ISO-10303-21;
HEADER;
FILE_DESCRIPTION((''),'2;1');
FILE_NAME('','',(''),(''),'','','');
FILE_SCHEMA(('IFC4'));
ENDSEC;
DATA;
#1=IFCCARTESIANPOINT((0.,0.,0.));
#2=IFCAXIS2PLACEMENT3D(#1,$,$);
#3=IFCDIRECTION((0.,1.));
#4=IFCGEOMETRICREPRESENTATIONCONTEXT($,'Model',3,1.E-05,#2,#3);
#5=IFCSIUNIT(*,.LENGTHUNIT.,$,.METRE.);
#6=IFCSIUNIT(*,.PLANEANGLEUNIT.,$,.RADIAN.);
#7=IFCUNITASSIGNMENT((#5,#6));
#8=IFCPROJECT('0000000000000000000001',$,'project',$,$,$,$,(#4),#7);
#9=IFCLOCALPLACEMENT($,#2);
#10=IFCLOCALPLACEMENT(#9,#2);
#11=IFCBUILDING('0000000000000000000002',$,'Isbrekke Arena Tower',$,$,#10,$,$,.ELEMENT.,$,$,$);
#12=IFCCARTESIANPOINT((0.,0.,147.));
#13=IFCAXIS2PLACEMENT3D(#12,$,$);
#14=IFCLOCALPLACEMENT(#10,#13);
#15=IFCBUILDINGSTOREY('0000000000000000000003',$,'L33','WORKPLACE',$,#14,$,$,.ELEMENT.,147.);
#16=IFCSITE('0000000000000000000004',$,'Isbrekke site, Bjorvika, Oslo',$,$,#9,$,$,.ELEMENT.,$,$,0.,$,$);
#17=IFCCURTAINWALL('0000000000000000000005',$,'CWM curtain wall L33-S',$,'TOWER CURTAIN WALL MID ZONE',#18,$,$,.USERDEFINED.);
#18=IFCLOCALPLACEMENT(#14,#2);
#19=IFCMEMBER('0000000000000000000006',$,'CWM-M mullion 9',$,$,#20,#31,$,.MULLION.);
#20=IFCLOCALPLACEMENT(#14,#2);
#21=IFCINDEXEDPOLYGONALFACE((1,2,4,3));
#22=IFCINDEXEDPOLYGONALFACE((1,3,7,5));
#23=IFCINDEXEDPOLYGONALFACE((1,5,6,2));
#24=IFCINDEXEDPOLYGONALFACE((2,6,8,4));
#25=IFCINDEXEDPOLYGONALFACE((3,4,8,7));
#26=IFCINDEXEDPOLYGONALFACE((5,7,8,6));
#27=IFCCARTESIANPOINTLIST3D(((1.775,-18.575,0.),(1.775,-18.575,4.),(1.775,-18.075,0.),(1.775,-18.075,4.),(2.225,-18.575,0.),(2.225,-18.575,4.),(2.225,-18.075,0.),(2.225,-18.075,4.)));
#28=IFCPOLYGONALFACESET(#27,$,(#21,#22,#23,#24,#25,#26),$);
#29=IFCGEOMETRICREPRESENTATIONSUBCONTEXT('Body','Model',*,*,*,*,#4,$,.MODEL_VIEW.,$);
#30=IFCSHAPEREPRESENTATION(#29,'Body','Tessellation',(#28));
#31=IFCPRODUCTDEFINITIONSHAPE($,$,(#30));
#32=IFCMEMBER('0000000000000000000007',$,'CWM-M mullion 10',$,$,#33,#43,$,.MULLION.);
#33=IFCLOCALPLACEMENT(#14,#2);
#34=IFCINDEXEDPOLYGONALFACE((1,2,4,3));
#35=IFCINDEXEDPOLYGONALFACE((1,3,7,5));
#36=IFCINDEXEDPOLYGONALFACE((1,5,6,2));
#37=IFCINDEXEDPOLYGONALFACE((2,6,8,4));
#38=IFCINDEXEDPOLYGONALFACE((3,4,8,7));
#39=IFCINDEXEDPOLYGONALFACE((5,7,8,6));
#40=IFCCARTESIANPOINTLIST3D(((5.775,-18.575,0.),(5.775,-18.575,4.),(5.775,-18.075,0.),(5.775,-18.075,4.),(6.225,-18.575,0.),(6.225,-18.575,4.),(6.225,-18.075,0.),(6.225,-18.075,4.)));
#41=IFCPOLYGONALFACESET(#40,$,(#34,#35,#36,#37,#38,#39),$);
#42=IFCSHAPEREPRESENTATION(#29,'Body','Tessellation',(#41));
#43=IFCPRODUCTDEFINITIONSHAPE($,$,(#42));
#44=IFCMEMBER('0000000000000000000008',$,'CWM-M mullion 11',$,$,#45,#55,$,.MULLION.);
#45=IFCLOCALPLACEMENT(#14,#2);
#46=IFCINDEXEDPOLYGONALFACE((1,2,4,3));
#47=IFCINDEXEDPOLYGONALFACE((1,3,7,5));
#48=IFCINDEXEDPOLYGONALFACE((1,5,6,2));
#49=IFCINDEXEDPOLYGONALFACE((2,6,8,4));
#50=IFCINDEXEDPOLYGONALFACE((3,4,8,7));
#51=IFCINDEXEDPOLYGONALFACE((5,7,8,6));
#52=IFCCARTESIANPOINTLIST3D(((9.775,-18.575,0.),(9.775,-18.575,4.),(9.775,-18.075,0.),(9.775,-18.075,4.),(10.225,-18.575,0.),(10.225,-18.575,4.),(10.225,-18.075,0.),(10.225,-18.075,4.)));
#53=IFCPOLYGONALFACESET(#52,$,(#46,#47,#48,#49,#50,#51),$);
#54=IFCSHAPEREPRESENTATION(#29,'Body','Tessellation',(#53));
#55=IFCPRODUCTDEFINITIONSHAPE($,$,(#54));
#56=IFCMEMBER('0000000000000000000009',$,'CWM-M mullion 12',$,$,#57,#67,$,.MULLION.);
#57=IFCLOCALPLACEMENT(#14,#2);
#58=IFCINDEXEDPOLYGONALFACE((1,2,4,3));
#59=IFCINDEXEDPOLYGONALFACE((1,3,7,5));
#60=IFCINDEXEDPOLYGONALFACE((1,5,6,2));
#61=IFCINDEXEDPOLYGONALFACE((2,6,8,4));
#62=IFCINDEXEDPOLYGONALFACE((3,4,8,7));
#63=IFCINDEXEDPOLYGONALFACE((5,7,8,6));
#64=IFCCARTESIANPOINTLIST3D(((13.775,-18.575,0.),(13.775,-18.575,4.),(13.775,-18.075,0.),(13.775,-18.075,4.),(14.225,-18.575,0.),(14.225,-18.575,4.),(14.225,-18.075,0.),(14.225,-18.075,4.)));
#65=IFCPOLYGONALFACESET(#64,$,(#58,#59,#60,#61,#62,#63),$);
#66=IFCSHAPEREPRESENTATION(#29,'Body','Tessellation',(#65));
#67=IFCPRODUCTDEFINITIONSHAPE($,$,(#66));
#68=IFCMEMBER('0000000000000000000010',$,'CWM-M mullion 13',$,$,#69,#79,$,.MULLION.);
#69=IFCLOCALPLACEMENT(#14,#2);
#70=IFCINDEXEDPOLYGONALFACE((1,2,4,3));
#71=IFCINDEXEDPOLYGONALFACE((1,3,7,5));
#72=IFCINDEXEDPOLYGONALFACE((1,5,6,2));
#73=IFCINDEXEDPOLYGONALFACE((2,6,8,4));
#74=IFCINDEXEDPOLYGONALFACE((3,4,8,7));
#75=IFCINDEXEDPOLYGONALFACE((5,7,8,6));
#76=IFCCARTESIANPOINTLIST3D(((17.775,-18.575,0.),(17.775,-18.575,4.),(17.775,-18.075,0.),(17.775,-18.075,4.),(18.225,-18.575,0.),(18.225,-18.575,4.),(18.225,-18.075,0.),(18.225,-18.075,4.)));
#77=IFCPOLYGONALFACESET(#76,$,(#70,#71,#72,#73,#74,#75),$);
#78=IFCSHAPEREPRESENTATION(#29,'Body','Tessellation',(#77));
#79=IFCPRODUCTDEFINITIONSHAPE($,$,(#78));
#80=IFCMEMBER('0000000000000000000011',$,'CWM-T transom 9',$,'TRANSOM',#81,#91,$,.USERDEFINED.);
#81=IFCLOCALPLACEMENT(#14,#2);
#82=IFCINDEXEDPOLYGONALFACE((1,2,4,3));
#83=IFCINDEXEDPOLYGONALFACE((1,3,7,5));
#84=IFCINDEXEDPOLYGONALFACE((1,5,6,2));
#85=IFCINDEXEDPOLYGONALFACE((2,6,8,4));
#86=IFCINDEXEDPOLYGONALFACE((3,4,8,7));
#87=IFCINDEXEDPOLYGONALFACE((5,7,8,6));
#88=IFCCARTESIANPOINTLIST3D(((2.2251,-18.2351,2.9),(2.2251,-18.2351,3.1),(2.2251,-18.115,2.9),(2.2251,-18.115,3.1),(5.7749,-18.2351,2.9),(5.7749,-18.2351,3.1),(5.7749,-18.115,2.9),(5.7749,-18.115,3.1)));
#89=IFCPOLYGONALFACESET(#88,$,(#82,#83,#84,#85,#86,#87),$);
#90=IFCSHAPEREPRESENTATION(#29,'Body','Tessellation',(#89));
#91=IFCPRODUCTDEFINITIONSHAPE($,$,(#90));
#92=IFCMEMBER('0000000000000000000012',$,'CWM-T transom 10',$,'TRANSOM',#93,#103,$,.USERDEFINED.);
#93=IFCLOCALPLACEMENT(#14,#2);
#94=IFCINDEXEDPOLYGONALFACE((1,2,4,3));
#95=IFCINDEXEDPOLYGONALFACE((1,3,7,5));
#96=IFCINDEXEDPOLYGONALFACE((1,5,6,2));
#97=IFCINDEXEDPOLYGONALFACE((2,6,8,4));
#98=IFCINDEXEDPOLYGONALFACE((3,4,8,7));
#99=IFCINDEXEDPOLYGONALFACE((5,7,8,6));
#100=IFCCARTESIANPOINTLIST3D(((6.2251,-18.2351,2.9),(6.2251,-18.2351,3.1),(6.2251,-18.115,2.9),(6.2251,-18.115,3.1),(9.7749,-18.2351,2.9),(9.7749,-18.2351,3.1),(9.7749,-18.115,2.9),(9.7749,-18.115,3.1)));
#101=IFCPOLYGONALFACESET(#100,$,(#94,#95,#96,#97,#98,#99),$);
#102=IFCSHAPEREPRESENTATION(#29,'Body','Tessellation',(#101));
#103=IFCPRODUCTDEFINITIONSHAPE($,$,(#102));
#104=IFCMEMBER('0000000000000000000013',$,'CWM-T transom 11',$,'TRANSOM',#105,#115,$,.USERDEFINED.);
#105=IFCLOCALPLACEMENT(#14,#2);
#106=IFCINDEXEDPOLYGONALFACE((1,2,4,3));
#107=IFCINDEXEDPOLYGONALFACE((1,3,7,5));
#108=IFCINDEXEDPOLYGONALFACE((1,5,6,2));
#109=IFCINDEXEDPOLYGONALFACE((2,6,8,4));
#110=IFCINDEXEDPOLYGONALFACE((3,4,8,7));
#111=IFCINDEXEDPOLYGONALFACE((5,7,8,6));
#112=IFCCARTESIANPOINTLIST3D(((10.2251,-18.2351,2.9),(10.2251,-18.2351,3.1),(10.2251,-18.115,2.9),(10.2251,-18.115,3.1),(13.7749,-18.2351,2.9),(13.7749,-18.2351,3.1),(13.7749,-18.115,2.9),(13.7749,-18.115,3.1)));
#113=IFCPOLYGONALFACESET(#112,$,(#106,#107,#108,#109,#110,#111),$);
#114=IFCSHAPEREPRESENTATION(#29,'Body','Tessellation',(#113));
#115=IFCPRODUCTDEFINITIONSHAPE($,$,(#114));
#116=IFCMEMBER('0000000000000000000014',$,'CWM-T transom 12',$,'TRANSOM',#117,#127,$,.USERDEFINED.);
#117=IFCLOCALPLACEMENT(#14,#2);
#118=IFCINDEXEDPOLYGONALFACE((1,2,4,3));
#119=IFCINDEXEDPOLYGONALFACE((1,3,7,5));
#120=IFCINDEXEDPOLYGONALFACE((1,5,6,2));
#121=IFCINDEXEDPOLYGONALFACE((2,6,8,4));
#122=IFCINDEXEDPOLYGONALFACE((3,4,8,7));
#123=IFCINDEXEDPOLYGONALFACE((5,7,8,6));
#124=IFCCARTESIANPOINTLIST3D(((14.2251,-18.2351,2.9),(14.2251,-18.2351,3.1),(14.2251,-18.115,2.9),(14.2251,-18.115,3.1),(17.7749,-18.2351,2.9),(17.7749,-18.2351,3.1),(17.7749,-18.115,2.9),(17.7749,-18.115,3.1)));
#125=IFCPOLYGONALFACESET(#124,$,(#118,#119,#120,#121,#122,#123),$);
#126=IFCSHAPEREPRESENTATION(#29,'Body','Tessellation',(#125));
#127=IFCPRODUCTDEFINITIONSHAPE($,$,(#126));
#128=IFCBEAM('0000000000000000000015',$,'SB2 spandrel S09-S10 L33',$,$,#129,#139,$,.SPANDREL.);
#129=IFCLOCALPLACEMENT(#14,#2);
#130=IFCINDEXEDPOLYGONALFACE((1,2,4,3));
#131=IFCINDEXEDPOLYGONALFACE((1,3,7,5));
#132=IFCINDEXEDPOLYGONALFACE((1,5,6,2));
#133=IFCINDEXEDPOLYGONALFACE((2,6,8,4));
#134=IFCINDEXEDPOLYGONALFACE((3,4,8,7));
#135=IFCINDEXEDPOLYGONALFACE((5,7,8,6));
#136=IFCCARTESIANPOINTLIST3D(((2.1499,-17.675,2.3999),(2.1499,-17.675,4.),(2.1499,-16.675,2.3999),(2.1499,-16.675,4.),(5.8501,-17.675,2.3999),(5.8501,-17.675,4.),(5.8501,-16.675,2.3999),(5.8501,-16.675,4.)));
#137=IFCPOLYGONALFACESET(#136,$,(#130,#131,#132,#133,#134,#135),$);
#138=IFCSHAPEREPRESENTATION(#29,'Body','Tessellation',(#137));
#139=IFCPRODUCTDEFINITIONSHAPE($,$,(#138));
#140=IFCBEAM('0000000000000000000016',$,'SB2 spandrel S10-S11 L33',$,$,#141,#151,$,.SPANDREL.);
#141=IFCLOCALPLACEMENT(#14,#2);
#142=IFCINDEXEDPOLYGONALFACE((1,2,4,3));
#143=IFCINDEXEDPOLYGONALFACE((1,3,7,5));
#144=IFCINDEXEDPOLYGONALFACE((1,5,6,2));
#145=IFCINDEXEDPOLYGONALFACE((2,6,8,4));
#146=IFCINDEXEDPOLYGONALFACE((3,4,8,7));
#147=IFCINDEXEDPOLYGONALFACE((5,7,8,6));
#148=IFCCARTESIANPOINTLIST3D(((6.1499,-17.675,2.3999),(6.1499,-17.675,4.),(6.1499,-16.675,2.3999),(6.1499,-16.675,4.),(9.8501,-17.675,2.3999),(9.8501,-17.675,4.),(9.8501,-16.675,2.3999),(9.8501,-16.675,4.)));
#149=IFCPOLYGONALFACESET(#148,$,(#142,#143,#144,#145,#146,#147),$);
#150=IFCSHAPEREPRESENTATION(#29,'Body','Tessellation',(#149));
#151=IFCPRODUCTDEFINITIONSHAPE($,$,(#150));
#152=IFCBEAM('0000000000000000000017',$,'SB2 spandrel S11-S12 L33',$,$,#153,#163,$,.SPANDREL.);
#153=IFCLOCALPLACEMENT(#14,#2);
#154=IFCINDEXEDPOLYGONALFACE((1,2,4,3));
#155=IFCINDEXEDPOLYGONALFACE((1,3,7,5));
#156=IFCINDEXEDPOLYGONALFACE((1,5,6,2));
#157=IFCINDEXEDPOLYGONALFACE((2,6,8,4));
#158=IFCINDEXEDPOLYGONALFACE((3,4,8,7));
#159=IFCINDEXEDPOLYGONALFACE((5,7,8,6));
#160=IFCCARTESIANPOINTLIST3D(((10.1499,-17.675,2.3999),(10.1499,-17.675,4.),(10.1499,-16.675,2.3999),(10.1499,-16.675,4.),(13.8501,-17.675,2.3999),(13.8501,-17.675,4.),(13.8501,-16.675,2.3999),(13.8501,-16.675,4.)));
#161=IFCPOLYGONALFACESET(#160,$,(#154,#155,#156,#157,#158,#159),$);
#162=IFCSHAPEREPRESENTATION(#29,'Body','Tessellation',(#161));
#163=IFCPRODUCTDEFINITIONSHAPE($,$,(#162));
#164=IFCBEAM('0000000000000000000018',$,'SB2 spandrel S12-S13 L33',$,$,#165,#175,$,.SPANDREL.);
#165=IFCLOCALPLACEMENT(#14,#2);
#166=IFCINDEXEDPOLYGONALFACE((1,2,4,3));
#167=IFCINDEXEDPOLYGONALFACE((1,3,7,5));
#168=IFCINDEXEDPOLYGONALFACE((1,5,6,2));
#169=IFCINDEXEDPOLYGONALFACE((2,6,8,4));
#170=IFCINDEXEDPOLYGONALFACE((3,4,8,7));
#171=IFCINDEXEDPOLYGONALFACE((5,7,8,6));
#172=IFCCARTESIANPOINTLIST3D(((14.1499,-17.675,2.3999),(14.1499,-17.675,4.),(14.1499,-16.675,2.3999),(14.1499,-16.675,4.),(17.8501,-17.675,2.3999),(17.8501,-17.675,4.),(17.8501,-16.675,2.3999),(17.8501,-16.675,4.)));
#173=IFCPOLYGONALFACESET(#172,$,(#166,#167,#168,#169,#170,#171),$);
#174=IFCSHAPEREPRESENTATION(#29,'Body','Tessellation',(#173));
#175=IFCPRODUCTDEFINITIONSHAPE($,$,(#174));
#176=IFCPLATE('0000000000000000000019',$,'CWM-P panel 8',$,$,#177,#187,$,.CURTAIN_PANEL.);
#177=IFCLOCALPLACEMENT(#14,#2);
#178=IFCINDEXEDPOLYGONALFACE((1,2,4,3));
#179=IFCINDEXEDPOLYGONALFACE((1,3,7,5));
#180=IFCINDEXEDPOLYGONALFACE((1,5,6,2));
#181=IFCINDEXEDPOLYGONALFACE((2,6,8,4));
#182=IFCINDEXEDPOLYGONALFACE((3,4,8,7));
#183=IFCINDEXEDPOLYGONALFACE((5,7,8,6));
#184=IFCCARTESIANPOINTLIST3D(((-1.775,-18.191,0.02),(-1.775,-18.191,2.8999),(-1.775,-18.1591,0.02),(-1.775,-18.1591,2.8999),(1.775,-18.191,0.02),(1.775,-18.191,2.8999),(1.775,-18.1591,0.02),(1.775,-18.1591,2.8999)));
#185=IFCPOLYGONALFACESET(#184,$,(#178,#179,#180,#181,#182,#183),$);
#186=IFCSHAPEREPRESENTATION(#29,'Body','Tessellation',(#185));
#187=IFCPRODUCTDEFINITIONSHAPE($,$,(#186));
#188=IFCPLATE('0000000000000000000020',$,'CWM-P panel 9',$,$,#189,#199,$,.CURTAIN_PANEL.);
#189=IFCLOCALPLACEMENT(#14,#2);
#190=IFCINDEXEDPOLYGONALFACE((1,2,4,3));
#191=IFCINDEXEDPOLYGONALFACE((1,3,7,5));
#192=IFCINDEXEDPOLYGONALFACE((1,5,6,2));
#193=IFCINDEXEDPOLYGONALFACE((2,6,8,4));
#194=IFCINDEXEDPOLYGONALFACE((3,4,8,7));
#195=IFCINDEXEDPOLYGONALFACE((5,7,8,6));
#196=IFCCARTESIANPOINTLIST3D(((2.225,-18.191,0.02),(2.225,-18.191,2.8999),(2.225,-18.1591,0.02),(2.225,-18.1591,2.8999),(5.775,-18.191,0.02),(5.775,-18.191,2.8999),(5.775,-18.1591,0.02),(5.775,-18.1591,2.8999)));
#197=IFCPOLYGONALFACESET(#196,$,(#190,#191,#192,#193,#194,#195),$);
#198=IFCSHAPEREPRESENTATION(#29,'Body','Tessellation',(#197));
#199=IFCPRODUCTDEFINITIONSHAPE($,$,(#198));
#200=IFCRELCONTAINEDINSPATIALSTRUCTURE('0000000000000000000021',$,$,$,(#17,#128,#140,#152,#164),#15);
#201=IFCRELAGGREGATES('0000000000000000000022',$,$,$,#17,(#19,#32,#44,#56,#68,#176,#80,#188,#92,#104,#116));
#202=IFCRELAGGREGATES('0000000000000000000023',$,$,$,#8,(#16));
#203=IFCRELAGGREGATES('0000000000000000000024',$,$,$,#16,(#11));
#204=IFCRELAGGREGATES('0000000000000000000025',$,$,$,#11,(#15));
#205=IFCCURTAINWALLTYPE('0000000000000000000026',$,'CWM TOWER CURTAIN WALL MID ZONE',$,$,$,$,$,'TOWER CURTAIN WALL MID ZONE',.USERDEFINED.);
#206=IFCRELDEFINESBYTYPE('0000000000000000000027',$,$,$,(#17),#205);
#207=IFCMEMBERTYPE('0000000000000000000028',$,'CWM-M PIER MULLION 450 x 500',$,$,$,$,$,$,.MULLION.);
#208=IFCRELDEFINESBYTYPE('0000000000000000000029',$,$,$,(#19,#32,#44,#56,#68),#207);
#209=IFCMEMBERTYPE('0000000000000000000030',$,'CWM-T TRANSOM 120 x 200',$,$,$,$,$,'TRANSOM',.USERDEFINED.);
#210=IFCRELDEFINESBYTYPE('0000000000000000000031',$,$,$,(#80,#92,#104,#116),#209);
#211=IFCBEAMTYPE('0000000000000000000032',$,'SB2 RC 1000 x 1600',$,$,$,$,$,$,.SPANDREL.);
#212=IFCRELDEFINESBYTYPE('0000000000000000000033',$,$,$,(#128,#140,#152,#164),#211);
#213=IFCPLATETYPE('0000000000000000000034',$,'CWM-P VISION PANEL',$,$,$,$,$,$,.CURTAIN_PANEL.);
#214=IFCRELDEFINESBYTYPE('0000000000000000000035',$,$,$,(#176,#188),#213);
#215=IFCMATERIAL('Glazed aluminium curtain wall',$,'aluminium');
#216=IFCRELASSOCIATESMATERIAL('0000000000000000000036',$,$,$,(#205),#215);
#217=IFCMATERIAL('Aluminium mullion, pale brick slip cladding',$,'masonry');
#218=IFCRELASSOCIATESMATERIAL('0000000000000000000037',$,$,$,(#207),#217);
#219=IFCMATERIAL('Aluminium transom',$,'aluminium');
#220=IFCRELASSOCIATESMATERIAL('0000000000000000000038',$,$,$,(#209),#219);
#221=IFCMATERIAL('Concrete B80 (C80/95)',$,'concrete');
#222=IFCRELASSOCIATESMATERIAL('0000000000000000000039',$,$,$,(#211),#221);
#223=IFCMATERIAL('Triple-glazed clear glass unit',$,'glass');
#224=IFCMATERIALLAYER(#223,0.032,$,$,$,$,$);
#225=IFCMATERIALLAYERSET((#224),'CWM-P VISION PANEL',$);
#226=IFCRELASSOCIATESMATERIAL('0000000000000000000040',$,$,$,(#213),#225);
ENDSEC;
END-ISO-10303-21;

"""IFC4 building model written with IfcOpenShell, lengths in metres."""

from ifc_helpers import new_model, si_unit, direction, frame, origin, origin_2d, place, context, subcontext, project, spatial, rectangle, extrude, material, layer, layer_set, material_profile, profile_set, type_object, element, aggregate, save


model = new_model("IFC4")

# Units and contexts
model_context = context("Model", 3, precision=1e-05, world=origin(), true_north=direction((0.0, 1.0)))
body_context = subcontext(model_context, "Body", "Model", "MODEL_VIEW")
ifc_project = project(units=[si_unit("LENGTHUNIT", "METRE"), si_unit("PLANEANGLEUNIT", "RADIAN")], contexts=[model_context])

# Site, building, storey
site_placement = place(None, origin())
site = spatial("IfcSite", under=ifc_project, at=site_placement, Name="Isbrekke site, Bjorvika, Oslo", CompositionType="ELEMENT", RefElevation=0.0)
building_placement = place(site_placement, origin())
building = spatial("IfcBuilding", under=site, at=building_placement, Name="Isbrekke Arena Tower", CompositionType="ELEMENT")
storey_placement = place(building_placement, frame((0.0, 0.0, 147.0)))
storey = spatial("IfcBuildingStorey", under=building, at=storey_placement, Name="L33", Description="WORKPLACE", CompositionType="ELEMENT", Elevation=147.0)

# Curtain wall, members
ifc_material_1 = material(Name="Glazed aluminium curtain wall", Category="aluminium")
curtain_wall_type = type_object("IfcCurtainWallType", Name="CWM TOWER CURTAIN WALL MID ZONE", ElementType="TOWER CURTAIN WALL MID ZONE", PredefinedType="USERDEFINED", material=ifc_material_1)
curtain_wall_placement = place(storey_placement, origin())
curtain_wall = element("IfcCurtainWall", 1, at=curtain_wall_placement, inside=storey, type_object=curtain_wall_type, Name="CWM curtain wall L33-S", ObjectType="TOWER CURTAIN WALL MID ZONE", PredefinedType="USERDEFINED")
ifc_material_2 = material(Name="Aluminium mullion, pale brick slip cladding", Category="masonry")
ifc_material_profile_1 = material_profile(ifc_material_2, rectangle(XDim=0.45, YDim=0.5, at=origin_2d()), Name="PIER 450X500")
ifc_profile_set_1 = profile_set([ifc_material_profile_1], Name="Aluminium mullion, pale brick slip cladding")
member_type_1 = type_object("IfcMemberType", Name="CWM-M PIER MULLION 450 x 500", PredefinedType="MULLION", material=ifc_profile_set_1)
member_1_placement = place(storey_placement, frame((2.0, -18.325, 0.0), z_axis=(0.0, 0.0, 1.0), x_axis=(1.0, 0.0, 0.0)))
member_1 = element("IfcMember", 2, at=member_1_placement, type_object=member_type_1, Name="CWM-M mullion 9", PredefinedType="MULLION", context=body_context, shape_type="SweptSolid", body=[
    extrude(rectangle(XDim=0.45, YDim=0.5, at=origin_2d()), origin(), (0.0, 0.0, 1.0), 4.0),
])
member_2_placement = place(storey_placement, frame((6.0, -18.325, 0.0), z_axis=(0.0, 0.0, 1.0), x_axis=(1.0, 0.0, 0.0)))
member_2 = element("IfcMember", 3, at=member_2_placement, type_object=member_type_1, Name="CWM-M mullion 10", PredefinedType="MULLION", context=body_context, shape_type="SweptSolid", body=[
    extrude(rectangle(XDim=0.45, YDim=0.5, at=origin_2d()), origin(), (0.0, 0.0, 1.0), 4.0),
])
member_3_placement = place(storey_placement, frame((10.0, -18.325, 0.0), z_axis=(0.0, 0.0, 1.0), x_axis=(1.0, 0.0, 0.0)))
member_3 = element("IfcMember", 4, at=member_3_placement, type_object=member_type_1, Name="CWM-M mullion 11", PredefinedType="MULLION", context=body_context, shape_type="SweptSolid", body=[
    extrude(rectangle(XDim=0.45, YDim=0.5, at=origin_2d()), origin(), (0.0, 0.0, 1.0), 4.0),
])
member_4_placement = place(storey_placement, frame((14.0, -18.325, 0.0), z_axis=(0.0, 0.0, 1.0), x_axis=(1.0, 0.0, 0.0)))
member_4 = element("IfcMember", 5, at=member_4_placement, type_object=member_type_1, Name="CWM-M mullion 12", PredefinedType="MULLION", context=body_context, shape_type="SweptSolid", body=[
    extrude(rectangle(XDim=0.45, YDim=0.5, at=origin_2d()), origin(), (0.0, 0.0, 1.0), 4.0),
])
member_5_placement = place(storey_placement, frame((18.0, -18.325, 0.0), z_axis=(0.0, 0.0, 1.0), x_axis=(1.0, 0.0, 0.0)))
member_5 = element("IfcMember", 6, at=member_5_placement, type_object=member_type_1, Name="CWM-M mullion 13", PredefinedType="MULLION", context=body_context, shape_type="SweptSolid", body=[
    extrude(rectangle(XDim=0.45, YDim=0.5, at=origin_2d()), origin(), (0.0, 0.0, 1.0), 4.0),
])
ifc_material_3 = material(Name="Aluminium transom", Category="aluminium")
ifc_material_profile_2 = material_profile(ifc_material_3, rectangle(XDim=0.1201, YDim=0.2, at=origin_2d()), Name="TRANSOM 120X200")
ifc_profile_set_2 = profile_set([ifc_material_profile_2], Name="Aluminium transom")
member_type_2 = type_object("IfcMemberType", Name="CWM-T TRANSOM 120 x 200", ElementType="TRANSOM", PredefinedType="USERDEFINED", material=ifc_profile_set_2)
member_6_placement = place(storey_placement, frame((2.2251, -18.175, 3.0), z_axis=(1.0, 0.0, 0.0), x_axis=(0.0, 1.0, 0.0)))
member_6 = element("IfcMember", 7, at=member_6_placement, type_object=member_type_2, Name="CWM-T transom 9", ObjectType="TRANSOM", PredefinedType="USERDEFINED", context=body_context, shape_type="SweptSolid", body=[
    extrude(rectangle(XDim=0.1201, YDim=0.2, at=origin_2d()), origin(), (0.0, 0.0, 1.0), 3.5498),
])
member_7_placement = place(storey_placement, frame((6.2251, -18.175, 3.0), z_axis=(1.0, 0.0, 0.0), x_axis=(0.0, 1.0, 0.0)))
member_7 = element("IfcMember", 8, at=member_7_placement, type_object=member_type_2, Name="CWM-T transom 10", ObjectType="TRANSOM", PredefinedType="USERDEFINED", context=body_context, shape_type="SweptSolid", body=[
    extrude(rectangle(XDim=0.1201, YDim=0.2, at=origin_2d()), origin(), (0.0, 0.0, 1.0), 3.5498),
])
member_8_placement = place(storey_placement, frame((10.2251, -18.175, 3.0), z_axis=(1.0, 0.0, 0.0), x_axis=(0.0, 1.0, 0.0)))
member_8 = element("IfcMember", 9, at=member_8_placement, type_object=member_type_2, Name="CWM-T transom 11", ObjectType="TRANSOM", PredefinedType="USERDEFINED", context=body_context, shape_type="SweptSolid", body=[
    extrude(rectangle(XDim=0.1201, YDim=0.2, at=origin_2d()), origin(), (0.0, 0.0, 1.0), 3.5498),
])
member_9_placement = place(storey_placement, frame((14.2251, -18.175, 3.0), z_axis=(1.0, 0.0, 0.0), x_axis=(0.0, 1.0, 0.0)))
member_9 = element("IfcMember", 10, at=member_9_placement, type_object=member_type_2, Name="CWM-T transom 12", ObjectType="TRANSOM", PredefinedType="USERDEFINED", context=body_context, shape_type="SweptSolid", body=[
    extrude(rectangle(XDim=0.1201, YDim=0.2, at=origin_2d()), origin(), (0.0, 0.0, 1.0), 3.5498),
])

# Beams
ifc_material_4 = material(Name="Concrete B80 (C80/95)", Category="concrete")
ifc_material_profile_3 = material_profile(ifc_material_4, rectangle(XDim=1.0, YDim=1.6001, at=origin_2d()), Name="RC 1000x1600")
ifc_profile_set_3 = profile_set([ifc_material_profile_3], Name="Concrete B80 (C80/95)")
beam_type_1 = type_object("IfcBeamType", Name="SB2 RC 1000 x 1600", PredefinedType="SPANDREL", material=ifc_profile_set_3)
for number, where, z_axis, x_axis, name in (
    (11, (2.1499, -17.175, 3.2), (1.0, 0.0, 0.0), (0.0, 1.0, 0.0), "SB2 spandrel S09-S10 L33"),
    (12, (6.1499, -17.175, 3.2), (1.0, 0.0, 0.0), (0.0, 1.0, 0.0), "SB2 spandrel S10-S11 L33"),
    (13, (10.1499, -17.175, 3.2), (1.0, 0.0, 0.0), (0.0, 1.0, 0.0), "SB2 spandrel S11-S12 L33"),
    (14, (14.1499, -17.175, 3.2), (1.0, 0.0, 0.0), (0.0, 1.0, 0.0), "SB2 spandrel S12-S13 L33"),
):
    element("IfcBeam", number, at=place(storey_placement, frame(where, z_axis=z_axis, x_axis=x_axis)), inside=storey, type_object=beam_type_1, Name=name, PredefinedType="SPANDREL", context=body_context, shape_type="SweptSolid", body=[
        extrude(rectangle(XDim=1.0, YDim=1.6001, at=origin_2d()), origin(), (0.0, 0.0, 1.0), 3.7002),
    ])

# Plates
ifc_material_5 = material(Name="Triple-glazed clear glass unit", Category="glass")
ifc_layer = layer(ifc_material_5, 0.032)
ifc_layer_set = layer_set([ifc_layer], Name="CWM-P VISION PANEL")
plate_type = type_object("IfcPlateType", Name="CWM-P VISION PANEL", PredefinedType="CURTAIN_PANEL", material=ifc_layer_set)
plate_1_placement = place(storey_placement, frame((0.0, -18.175, 0.02), z_axis=(0.0, 0.0, 1.0), x_axis=(1.0, 0.0, 0.0)))
plate_1 = element("IfcPlate", 15, at=plate_1_placement, type_object=plate_type, Name="CWM-P panel 8", PredefinedType="CURTAIN_PANEL", context=body_context, shape_type="SweptSolid", body=[
    extrude(rectangle(XDim=3.55, YDim=0.032, at=origin_2d()), origin(), (0.0, 0.0, 1.0), 2.8799),
])
plate_2_placement = place(storey_placement, frame((4.0, -18.175, 0.02), z_axis=(0.0, 0.0, 1.0), x_axis=(1.0, 0.0, 0.0)))
plate_2 = element("IfcPlate", 16, at=plate_2_placement, type_object=plate_type, Name="CWM-P panel 9", PredefinedType="CURTAIN_PANEL", context=body_context, shape_type="SweptSolid", body=[
    extrude(rectangle(XDim=3.55, YDim=0.032, at=origin_2d()), origin(), (0.0, 0.0, 1.0), 2.8799),
])
aggregate(curtain_wall, [member_1, member_2, member_3, member_4, member_5, plate_1, member_6, plate_2, member_7, member_8, member_9])

save(model, "model.ifc")
